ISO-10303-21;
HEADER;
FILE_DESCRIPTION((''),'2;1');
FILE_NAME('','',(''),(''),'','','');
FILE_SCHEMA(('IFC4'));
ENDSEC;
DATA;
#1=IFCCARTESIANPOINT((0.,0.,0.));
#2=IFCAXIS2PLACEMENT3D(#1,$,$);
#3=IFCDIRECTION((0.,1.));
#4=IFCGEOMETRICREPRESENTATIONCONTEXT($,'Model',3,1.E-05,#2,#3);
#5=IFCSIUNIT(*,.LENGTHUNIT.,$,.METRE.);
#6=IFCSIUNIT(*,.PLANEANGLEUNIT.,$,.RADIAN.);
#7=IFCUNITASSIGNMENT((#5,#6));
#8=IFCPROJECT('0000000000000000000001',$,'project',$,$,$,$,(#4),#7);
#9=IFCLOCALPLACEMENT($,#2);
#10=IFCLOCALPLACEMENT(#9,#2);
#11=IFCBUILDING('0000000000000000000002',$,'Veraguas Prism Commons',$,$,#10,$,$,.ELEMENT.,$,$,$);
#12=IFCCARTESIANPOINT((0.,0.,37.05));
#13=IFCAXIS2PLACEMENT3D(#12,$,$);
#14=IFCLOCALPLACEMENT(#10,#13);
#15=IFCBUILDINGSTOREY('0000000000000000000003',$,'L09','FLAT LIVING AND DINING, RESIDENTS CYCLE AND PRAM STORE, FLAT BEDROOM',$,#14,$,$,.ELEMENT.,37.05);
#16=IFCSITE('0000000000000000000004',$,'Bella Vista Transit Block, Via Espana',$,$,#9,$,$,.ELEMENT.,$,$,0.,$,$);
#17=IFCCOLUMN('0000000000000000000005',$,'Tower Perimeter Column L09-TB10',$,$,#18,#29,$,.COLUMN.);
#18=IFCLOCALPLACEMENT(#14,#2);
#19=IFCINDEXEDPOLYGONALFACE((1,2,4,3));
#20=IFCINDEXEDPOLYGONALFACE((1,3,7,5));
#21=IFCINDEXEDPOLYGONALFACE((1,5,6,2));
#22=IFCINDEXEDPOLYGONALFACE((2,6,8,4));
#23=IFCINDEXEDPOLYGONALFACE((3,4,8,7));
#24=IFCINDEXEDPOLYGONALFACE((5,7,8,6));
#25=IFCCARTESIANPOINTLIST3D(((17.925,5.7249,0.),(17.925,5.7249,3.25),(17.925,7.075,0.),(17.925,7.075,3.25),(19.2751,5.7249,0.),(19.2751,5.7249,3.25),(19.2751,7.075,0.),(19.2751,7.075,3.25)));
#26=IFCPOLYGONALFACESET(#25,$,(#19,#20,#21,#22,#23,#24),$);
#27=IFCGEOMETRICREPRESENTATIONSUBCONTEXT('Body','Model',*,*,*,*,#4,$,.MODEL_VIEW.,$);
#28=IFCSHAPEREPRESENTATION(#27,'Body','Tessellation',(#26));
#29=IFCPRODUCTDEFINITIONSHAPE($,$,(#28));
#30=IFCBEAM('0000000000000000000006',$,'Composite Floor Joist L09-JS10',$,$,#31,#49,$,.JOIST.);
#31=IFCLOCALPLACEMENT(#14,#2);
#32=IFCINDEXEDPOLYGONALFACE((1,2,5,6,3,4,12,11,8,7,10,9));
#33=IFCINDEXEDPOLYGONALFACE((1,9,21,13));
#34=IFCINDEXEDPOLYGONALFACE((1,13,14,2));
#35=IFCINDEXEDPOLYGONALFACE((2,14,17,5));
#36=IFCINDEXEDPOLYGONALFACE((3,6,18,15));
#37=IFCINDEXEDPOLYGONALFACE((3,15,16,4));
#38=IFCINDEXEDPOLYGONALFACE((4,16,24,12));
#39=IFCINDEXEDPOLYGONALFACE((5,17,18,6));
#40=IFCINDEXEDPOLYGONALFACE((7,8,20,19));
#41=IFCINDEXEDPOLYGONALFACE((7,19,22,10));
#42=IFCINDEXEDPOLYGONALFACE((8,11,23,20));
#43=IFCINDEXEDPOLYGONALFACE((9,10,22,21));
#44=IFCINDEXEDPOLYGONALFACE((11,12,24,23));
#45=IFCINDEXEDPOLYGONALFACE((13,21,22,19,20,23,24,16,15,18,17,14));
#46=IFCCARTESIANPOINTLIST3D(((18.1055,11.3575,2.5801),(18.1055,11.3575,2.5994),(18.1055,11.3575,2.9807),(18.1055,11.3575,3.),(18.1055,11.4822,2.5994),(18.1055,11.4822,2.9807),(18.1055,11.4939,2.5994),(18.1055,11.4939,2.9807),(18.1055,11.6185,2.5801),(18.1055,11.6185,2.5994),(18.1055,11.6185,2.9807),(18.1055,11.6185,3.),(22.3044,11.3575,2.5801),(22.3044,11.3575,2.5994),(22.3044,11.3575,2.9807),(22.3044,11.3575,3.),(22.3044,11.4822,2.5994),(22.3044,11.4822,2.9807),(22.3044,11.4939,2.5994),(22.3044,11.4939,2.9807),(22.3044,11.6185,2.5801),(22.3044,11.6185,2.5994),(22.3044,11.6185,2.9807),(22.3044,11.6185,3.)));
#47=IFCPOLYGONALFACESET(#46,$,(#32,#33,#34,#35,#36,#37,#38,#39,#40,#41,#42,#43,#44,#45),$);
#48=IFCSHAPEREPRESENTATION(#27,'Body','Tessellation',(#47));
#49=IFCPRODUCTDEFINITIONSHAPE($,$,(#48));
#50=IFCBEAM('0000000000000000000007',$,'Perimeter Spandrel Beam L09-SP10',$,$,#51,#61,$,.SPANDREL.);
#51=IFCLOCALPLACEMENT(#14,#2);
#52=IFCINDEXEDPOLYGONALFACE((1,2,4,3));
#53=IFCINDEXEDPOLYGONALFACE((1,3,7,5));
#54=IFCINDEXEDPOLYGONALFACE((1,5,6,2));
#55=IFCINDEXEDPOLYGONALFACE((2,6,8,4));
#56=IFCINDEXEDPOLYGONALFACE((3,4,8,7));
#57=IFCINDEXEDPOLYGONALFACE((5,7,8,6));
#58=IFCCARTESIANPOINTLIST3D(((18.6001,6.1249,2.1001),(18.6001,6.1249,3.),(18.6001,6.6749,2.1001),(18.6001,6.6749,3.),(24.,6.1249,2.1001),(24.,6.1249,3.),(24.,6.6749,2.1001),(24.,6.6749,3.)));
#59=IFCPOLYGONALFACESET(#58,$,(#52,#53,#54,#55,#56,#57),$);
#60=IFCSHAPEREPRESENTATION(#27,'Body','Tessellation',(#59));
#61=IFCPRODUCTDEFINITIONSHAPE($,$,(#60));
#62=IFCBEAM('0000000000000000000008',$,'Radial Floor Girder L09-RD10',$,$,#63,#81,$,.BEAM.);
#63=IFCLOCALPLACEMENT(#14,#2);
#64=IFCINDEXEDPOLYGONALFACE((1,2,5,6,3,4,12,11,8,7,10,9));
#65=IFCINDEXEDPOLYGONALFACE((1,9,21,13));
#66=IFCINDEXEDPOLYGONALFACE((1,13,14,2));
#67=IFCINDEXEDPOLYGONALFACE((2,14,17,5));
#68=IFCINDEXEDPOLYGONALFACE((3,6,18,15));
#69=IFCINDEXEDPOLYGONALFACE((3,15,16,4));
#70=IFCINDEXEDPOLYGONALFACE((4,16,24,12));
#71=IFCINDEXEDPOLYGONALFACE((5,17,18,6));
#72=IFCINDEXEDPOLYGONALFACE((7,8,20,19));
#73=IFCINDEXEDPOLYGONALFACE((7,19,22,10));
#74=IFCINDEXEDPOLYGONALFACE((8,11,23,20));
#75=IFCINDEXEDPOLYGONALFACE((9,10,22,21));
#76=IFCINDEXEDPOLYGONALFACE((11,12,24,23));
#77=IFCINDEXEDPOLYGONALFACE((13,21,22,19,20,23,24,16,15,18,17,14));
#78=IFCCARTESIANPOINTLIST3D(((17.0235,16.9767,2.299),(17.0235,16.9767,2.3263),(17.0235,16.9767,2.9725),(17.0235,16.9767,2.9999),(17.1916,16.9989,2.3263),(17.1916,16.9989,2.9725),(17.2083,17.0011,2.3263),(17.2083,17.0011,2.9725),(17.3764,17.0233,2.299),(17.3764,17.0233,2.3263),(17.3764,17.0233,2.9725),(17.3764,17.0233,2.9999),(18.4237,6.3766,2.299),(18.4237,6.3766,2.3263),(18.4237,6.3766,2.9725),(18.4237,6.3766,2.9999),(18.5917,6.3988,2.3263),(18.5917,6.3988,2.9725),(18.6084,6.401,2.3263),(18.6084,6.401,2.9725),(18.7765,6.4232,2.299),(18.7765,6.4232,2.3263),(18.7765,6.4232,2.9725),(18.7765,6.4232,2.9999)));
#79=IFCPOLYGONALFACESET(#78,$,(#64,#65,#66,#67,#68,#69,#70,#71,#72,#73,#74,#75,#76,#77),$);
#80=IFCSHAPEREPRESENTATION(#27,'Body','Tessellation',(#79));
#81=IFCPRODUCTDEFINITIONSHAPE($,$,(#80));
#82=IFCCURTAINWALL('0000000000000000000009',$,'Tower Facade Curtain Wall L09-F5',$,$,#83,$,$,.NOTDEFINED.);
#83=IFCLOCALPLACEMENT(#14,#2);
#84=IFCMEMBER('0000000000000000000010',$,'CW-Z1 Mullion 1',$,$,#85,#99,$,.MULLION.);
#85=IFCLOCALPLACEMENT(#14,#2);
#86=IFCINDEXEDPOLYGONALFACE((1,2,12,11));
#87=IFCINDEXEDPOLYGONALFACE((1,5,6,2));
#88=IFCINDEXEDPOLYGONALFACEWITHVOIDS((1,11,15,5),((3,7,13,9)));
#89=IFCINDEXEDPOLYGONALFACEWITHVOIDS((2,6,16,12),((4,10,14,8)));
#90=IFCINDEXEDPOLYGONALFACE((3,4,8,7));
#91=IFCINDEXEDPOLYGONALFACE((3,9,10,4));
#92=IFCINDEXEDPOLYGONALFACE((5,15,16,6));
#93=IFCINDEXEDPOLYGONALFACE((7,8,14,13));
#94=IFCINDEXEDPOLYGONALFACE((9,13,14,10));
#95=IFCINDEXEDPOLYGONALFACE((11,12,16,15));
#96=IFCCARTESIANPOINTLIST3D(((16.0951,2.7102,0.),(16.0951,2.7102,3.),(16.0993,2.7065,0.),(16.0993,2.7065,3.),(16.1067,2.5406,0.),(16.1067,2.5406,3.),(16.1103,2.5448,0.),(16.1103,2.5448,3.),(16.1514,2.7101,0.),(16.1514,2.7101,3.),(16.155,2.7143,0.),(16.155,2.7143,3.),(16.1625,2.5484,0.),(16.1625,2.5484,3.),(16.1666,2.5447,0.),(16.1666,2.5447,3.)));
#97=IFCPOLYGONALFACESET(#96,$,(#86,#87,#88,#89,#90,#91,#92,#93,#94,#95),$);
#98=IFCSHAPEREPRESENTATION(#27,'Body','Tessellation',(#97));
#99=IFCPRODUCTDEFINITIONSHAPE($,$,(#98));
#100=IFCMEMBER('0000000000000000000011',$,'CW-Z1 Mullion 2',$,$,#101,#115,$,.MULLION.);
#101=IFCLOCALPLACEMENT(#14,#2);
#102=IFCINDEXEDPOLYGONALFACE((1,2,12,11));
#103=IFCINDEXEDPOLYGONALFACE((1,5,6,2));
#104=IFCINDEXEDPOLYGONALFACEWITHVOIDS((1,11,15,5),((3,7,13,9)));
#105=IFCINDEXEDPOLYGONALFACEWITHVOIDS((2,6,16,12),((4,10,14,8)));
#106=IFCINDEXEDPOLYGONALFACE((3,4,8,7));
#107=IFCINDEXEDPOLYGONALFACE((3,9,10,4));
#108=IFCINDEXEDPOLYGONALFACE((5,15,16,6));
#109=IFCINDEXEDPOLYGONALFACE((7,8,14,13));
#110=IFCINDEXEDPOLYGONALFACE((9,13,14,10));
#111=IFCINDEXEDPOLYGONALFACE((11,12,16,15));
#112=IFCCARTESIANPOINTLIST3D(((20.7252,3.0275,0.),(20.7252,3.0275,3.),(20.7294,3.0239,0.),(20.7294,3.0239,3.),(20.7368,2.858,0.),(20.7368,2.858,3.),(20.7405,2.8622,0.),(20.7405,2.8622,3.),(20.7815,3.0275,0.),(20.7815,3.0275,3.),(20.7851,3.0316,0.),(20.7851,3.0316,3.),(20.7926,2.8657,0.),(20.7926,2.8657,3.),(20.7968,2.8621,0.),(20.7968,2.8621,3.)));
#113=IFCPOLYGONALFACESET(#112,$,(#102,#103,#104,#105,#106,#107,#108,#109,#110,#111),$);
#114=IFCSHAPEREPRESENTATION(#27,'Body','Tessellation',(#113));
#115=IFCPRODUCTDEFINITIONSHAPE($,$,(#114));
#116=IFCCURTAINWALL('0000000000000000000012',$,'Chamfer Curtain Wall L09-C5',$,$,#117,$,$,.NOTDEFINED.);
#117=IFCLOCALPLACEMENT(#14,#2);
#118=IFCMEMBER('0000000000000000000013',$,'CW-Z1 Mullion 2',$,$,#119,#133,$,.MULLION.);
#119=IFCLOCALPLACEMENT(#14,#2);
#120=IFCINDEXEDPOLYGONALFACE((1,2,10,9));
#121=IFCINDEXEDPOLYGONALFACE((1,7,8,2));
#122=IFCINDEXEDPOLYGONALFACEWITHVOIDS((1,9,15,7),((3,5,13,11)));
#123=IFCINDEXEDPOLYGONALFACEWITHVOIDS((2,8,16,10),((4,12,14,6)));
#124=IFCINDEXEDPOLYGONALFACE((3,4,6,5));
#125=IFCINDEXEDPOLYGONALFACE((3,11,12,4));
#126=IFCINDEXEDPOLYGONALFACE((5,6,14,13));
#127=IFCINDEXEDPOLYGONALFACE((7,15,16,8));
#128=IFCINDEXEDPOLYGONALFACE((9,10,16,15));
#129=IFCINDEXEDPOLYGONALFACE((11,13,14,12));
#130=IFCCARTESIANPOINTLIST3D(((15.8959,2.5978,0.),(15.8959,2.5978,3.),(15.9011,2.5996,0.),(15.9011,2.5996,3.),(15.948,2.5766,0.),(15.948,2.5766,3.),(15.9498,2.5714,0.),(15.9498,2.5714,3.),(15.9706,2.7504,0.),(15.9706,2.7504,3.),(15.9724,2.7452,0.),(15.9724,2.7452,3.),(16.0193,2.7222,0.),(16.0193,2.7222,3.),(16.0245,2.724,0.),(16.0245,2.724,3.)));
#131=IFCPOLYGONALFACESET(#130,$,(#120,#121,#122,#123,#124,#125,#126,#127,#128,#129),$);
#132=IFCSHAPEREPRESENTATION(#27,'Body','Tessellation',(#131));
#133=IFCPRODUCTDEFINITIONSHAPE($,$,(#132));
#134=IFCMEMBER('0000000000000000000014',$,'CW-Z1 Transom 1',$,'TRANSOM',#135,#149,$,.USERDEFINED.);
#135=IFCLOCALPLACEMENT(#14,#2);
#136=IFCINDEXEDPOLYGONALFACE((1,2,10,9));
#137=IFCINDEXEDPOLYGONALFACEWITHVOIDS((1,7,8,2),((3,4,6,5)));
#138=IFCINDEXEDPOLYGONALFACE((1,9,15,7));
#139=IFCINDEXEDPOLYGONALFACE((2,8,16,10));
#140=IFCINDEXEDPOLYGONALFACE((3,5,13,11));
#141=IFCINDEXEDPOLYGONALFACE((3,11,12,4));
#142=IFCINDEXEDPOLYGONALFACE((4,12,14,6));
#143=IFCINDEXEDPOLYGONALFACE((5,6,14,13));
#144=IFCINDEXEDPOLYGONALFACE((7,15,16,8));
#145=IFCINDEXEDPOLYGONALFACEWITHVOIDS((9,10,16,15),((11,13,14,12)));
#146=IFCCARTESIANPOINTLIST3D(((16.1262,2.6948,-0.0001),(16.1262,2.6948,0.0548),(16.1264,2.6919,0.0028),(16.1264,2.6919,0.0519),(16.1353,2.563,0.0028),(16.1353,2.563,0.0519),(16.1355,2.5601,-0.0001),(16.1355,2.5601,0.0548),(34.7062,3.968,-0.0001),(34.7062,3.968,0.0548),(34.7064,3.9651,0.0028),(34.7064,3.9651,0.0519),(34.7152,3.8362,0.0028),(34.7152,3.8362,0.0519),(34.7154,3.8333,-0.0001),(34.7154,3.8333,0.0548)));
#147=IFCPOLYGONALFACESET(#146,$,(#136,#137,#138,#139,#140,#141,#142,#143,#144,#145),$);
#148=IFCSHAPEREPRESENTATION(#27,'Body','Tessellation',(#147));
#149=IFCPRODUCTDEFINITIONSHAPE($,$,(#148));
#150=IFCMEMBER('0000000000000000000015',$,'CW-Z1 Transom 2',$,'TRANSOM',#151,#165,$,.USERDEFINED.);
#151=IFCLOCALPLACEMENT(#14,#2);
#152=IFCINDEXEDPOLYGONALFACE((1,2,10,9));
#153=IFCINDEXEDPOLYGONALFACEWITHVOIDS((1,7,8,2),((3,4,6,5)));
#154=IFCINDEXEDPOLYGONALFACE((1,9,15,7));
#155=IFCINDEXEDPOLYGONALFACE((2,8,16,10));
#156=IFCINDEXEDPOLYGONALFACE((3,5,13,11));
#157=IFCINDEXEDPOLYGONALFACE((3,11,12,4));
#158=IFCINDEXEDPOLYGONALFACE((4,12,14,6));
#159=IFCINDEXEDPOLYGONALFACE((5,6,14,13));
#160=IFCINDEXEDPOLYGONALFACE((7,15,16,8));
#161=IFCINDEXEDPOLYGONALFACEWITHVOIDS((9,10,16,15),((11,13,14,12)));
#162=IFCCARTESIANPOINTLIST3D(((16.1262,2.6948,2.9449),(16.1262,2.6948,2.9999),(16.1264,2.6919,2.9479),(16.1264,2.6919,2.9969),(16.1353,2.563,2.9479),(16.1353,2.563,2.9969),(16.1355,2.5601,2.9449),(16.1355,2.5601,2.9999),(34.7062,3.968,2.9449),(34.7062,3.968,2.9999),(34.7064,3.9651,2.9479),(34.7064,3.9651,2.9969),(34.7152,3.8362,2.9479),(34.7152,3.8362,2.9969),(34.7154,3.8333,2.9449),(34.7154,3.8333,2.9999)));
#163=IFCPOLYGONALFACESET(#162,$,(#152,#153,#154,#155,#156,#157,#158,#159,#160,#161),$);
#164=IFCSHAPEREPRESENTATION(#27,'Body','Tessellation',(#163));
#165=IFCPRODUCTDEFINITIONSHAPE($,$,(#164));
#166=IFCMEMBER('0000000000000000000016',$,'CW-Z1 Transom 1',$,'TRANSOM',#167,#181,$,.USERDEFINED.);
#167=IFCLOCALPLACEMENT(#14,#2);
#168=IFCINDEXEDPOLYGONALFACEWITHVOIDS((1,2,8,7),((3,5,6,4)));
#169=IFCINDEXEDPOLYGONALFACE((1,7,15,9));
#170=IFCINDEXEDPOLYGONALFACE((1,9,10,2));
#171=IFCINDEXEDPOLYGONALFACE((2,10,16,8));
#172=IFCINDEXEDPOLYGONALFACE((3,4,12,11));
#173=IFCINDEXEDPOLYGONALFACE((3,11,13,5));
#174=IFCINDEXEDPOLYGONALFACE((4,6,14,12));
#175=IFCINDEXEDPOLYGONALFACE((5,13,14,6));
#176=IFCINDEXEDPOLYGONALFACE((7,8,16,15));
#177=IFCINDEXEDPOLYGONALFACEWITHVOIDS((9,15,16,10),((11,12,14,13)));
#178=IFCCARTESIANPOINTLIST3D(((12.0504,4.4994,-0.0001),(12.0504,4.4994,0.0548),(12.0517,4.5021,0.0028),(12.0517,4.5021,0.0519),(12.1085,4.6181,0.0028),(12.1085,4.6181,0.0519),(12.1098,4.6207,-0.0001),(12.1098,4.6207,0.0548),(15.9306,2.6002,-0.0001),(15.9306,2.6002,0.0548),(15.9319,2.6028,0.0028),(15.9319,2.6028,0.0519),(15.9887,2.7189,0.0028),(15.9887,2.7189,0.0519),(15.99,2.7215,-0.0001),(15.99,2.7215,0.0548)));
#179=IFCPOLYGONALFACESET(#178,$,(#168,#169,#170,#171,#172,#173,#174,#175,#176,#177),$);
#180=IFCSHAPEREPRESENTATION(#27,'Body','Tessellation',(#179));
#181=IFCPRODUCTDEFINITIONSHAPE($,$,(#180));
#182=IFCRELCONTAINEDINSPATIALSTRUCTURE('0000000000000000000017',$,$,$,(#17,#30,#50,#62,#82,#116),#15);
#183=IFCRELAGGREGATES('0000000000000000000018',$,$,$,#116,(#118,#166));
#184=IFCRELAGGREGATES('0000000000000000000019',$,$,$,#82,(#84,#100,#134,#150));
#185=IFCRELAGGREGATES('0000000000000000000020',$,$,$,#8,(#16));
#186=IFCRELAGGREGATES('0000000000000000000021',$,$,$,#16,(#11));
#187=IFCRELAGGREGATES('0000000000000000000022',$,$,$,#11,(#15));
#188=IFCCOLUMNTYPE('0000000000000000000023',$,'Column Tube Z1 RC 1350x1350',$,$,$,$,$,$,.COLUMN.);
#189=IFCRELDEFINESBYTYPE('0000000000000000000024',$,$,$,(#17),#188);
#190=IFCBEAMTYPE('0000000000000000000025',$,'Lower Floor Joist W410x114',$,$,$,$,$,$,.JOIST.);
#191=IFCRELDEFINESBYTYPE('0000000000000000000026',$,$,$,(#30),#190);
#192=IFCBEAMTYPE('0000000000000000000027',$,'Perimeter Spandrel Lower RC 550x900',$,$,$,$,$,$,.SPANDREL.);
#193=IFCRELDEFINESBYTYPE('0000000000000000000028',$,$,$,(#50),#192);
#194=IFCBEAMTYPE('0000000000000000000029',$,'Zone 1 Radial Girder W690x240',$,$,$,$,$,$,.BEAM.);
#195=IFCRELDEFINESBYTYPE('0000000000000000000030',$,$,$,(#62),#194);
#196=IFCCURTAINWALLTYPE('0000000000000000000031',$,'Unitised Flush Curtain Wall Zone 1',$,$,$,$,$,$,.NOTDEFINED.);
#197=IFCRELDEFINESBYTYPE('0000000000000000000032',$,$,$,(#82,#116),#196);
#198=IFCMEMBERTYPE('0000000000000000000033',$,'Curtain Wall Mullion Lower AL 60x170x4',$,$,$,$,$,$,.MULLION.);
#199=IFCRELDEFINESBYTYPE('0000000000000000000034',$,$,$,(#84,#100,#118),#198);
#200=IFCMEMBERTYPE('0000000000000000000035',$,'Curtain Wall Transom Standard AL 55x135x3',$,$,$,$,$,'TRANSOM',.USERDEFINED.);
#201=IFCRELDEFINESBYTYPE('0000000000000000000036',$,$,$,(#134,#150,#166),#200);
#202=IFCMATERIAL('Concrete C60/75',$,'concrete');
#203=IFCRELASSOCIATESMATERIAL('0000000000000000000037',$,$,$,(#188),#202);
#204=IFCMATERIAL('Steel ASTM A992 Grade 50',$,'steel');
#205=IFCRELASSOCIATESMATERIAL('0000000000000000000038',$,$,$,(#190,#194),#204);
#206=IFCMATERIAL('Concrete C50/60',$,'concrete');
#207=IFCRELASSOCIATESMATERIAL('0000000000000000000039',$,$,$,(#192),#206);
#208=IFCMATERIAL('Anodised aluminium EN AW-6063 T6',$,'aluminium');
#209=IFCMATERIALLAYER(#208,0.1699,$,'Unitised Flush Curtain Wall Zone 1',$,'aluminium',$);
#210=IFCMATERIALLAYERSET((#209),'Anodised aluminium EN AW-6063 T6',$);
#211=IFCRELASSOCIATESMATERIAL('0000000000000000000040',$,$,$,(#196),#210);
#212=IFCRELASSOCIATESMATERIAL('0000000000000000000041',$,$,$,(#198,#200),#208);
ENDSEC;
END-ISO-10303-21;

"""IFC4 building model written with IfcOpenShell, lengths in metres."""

from ifc_helpers import new_model, si_unit, direction, frame, origin, origin_2d, place, context, subcontext, project, spatial, rectangle, hollow_rectangle, i_section, extrude, source, transform, mapped, material, layer, layer_set, material_profile, profile_set, type_object, element, aggregate, save


model = new_model("IFC4")

# Units and contexts
model_context = context("Model", 3, precision=1e-05, world=origin(), true_north=direction((0.0, 1.0)))
body_context = subcontext(model_context, "Body", "Model", "MODEL_VIEW")
ifc_project = project(units=[si_unit("LENGTHUNIT", "METRE"), si_unit("PLANEANGLEUNIT", "RADIAN")], contexts=[model_context])

# Site, building, storey
site_placement = place(None, origin())
site = spatial("IfcSite", under=ifc_project, at=site_placement, Name="Bella Vista Transit Block, Via Espana", CompositionType="ELEMENT", RefElevation=0.0)
building_placement = place(site_placement, origin())
building = spatial("IfcBuilding", under=site, at=building_placement, Name="Veraguas Prism Commons", CompositionType="ELEMENT")
storey_placement = place(building_placement, frame((0.0, 0.0, 37.05)))
storey = spatial("IfcBuildingStorey", under=building, at=storey_placement, Name="L09", Description="FLAT LIVING AND DINING, RESIDENTS CYCLE AND PRAM STORE, FLAT BEDROOM", CompositionType="ELEMENT", Elevation=37.05)

# Column
ifc_material_1 = material(Name="Concrete C60/75", Category="concrete")
ifc_material_profile_1 = material_profile(ifc_material_1, rectangle(XDim=1.3501, YDim=1.3501, at=origin_2d()), Name="RC1350X1350")
ifc_profile_set_1 = profile_set([ifc_material_profile_1], Name="Concrete C60/75")
column_type = type_object("IfcColumnType", Name="Column Tube Z1 RC 1350x1350", PredefinedType="COLUMN", material=ifc_profile_set_1)
column_placement = place(storey_placement, frame((18.6001, 6.3999, 0.0), z_axis=(0.0, 0.0, 1.0), x_axis=(1.0, 0.0, 0.0)))
element("IfcColumn", 1, at=column_placement, inside=storey, type_object=column_type, Name="Tower Perimeter Column L09-TB10", PredefinedType="COLUMN", context=body_context, shape_type="SweptSolid", body=[
    extrude(rectangle(XDim=1.3501, YDim=1.3501, at=origin_2d()), origin(), (0.0, 0.0, 1.0), 3.25),
])

# Beams
ifc_material_2 = material(Name="Steel ASTM A992 Grade 50", Category="steel")
ifc_material_profile_2 = material_profile(ifc_material_2, i_section(OverallWidth=0.261, OverallDepth=0.4199, WebThickness=0.0117, FlangeThickness=0.0193, at=origin_2d()), Name="W410X114")
ifc_profile_set_2 = profile_set([ifc_material_profile_2], Name="Steel ASTM A992 Grade 50")
beam_type_1 = type_object("IfcBeamType", Name="Lower Floor Joist W410x114", PredefinedType="JOIST", material=ifc_profile_set_2)
beam_1_placement = place(storey_placement, frame((18.1055, 11.488, 2.79), z_axis=(1.0, 0.0, 0.0), x_axis=(0.0, 1.0, 0.0)))
element("IfcBeam", 2, at=beam_1_placement, inside=storey, type_object=beam_type_1, Name="Composite Floor Joist L09-JS10", PredefinedType="JOIST", context=body_context, shape_type="SweptSolid", body=[
    extrude(i_section(OverallWidth=0.261, OverallDepth=0.4199, WebThickness=0.0117, FlangeThickness=0.0193, at=origin_2d()), origin(), (0.0, 0.0, 1.0), 4.199),
])
ifc_material_3 = material(Name="Concrete C50/60", Category="concrete")
ifc_material_profile_3 = material_profile(ifc_material_3, rectangle(XDim=0.55, YDim=0.8999, at=origin_2d()), Name="RC550X900")
ifc_profile_set_3 = profile_set([ifc_material_profile_3], Name="Concrete C50/60")
beam_type_2 = type_object("IfcBeamType", Name="Perimeter Spandrel Lower RC 550x900", PredefinedType="SPANDREL", material=ifc_profile_set_3)
beam_2_placement = place(storey_placement, frame((18.6001, 6.3999, 2.55), z_axis=(1.0, 0.0, 0.0), x_axis=(0.0, 1.0, 0.0)))
element("IfcBeam", 3, at=beam_2_placement, inside=storey, type_object=beam_type_2, Name="Perimeter Spandrel Beam L09-SP10", PredefinedType="SPANDREL", context=body_context, shape_type="SweptSolid", body=[
    extrude(rectangle(XDim=0.55, YDim=0.8999, at=origin_2d()), origin(), (0.0, 0.0, 1.0), 5.3999),
])
ifc_material_profile_4 = material_profile(ifc_material_2, i_section(OverallWidth=0.356, OverallDepth=0.7009, WebThickness=0.0168, FlangeThickness=0.0273, at=origin_2d()), Name="W690X240")
ifc_profile_set_4 = profile_set([ifc_material_profile_4], Name="Steel ASTM A992 Grade 50")
beam_type_3 = type_object("IfcBeamType", Name="Zone 1 Radial Girder W690x240", PredefinedType="BEAM", material=ifc_profile_set_4)
beam_3_placement = place(storey_placement, frame((18.6001, 6.3999, 2.6494), z_axis=(-0.130951, 0.991389, 0.0), x_axis=(-0.991389, -0.130951, 0.0)))
element("IfcBeam", 4, at=beam_3_placement, inside=storey, type_object=beam_type_3, Name="Radial Floor Girder L09-RD10", PredefinedType="BEAM", context=body_context, shape_type="SweptSolid", body=[
    extrude(i_section(OverallWidth=0.356, OverallDepth=0.7009, WebThickness=0.0168, FlangeThickness=0.0273, at=origin_2d()), origin(), (0.0, 0.0, 1.0), 10.6921),
])

# Curtain wall, members
ifc_material_4 = material(Name="Anodised aluminium EN AW-6063 T6", Category="aluminium")
ifc_layer_1 = layer(ifc_material_4, 0.1699, Name="Unitised Flush Curtain Wall Zone 1", Category="aluminium")
ifc_layer_set_1 = layer_set([ifc_layer_1], Name="Anodised aluminium EN AW-6063 T6")
curtain_wall_type = type_object("IfcCurtainWallType", Name="Unitised Flush Curtain Wall Zone 1", PredefinedType="NOTDEFINED", material=ifc_layer_set_1)
curtain_wall_1_placement = place(storey_placement, origin())
curtain_wall_1 = element("IfcCurtainWall", 5, at=curtain_wall_1_placement, inside=storey, type_object=curtain_wall_type, Name="Tower Facade Curtain Wall L09-F5", PredefinedType="NOTDEFINED")
ifc_material_profile_5 = material_profile(ifc_material_4, hollow_rectangle(XDim=0.0601, YDim=0.1699, WallThickness=0.0039, at=origin_2d()), Name="AL60X170X4")
ifc_profile_set_5 = profile_set([ifc_material_profile_5], Name="Anodised aluminium EN AW-6063 T6")
member_type_1 = type_object("IfcMemberType", Name="Curtain Wall Mullion Lower AL 60x170x4", PredefinedType="MULLION", material=ifc_profile_set_5)
shared_shape_1 = source(origin(), body_context, "Body", "SweptSolid", [
    extrude(hollow_rectangle(XDim=0.0601, YDim=0.1699, WallThickness=0.0039, at=origin_2d()), origin(), (0.0, 0.0, 1.0), 3.0),
])
member_1_placement = place(storey_placement, frame((16.1309, 2.6274, 0.0), z_axis=(0.0, 0.0, 1.0), x_axis=(0.99766, 0.068364, 0.0)))
member_1 = element("IfcMember", 6, at=member_1_placement, type_object=member_type_1, Name="CW-Z1 Mullion 1", PredefinedType="MULLION", context=body_context, shape_type="MappedRepresentation", body=[
    mapped(shared_shape_1, transform((0.0, 0.0, 0.0), scale=1.0)),
])
member_2_placement = place(storey_placement, frame((20.761, 2.9448, 0.0), z_axis=(0.0, 0.0, 1.0), x_axis=(0.99766, 0.068364, 0.0)))
member_2 = element("IfcMember", 7, at=member_2_placement, type_object=member_type_1, Name="CW-Z1 Mullion 2", PredefinedType="MULLION", context=body_context, shape_type="MappedRepresentation", body=[
    mapped(shared_shape_1, transform((0.0, 0.0, 0.0), scale=1.0)),
])

# Curtain wall, member
curtain_wall_2_placement = place(storey_placement, origin())
curtain_wall_2 = element("IfcCurtainWall", 8, at=curtain_wall_2_placement, inside=storey, type_object=curtain_wall_type, Name="Chamfer Curtain Wall L09-C5", PredefinedType="NOTDEFINED")
member_3_placement = place(storey_placement, frame((15.9602, 2.6609, 0.0), z_axis=(0.0, 0.0, 1.0), x_axis=(0.898185, -0.439618, 0.0)))
member_3 = element("IfcMember", 9, at=member_3_placement, type_object=member_type_1, Name="CW-Z1 Mullion 2", PredefinedType="MULLION", context=body_context, shape_type="MappedRepresentation", body=[
    mapped(shared_shape_1, transform((0.0, 0.0, 0.0), scale=1.0)),
])

# Members
ifc_material_profile_6 = material_profile(ifc_material_4, hollow_rectangle(XDim=0.0549, YDim=0.135, WallThickness=0.0029, at=origin_2d()), Name="AL55X135X3")
ifc_profile_set_6 = profile_set([ifc_material_profile_6], Name="Anodised aluminium EN AW-6063 T6")
member_type_2 = type_object("IfcMemberType", Name="Curtain Wall Transom Standard AL 55x135x3", ElementType="TRANSOM", PredefinedType="USERDEFINED", material=ifc_profile_set_6)
shared_shape_2 = source(origin(), body_context, "Body", "SweptSolid", [
    extrude(hollow_rectangle(XDim=0.0549, YDim=0.135, WallThickness=0.0029, at=origin_2d()), origin(), (0.0, 0.0, 1.0), 18.6235),
])
member_4_placement = place(storey_placement, frame((16.1309, 2.6274, 0.0273), z_axis=(0.99766, 0.068364, 0.0), x_axis=(0.0, 0.0, 1.0)))
member_4 = element("IfcMember", 10, at=member_4_placement, type_object=member_type_2, Name="CW-Z1 Transom 1", ObjectType="TRANSOM", PredefinedType="USERDEFINED", context=body_context, shape_type="MappedRepresentation", body=[
    mapped(shared_shape_2, transform((0.0, 0.0, 0.0), scale=1.0)),
])
member_5_placement = place(storey_placement, frame((16.1309, 2.6274, 2.9724), z_axis=(0.99766, 0.068364, 0.0), x_axis=(0.0, 0.0, 1.0)))
member_5 = element("IfcMember", 11, at=member_5_placement, type_object=member_type_2, Name="CW-Z1 Transom 2", ObjectType="TRANSOM", PredefinedType="USERDEFINED", context=body_context, shape_type="MappedRepresentation", body=[
    mapped(shared_shape_2, transform((0.0, 0.0, 0.0), scale=1.0)),
])
shared_shape_3 = source(origin(), body_context, "Body", "SweptSolid", [
    extrude(hollow_rectangle(XDim=0.0549, YDim=0.135, WallThickness=0.0029, at=origin_2d()), origin(), (0.0, 0.0, 1.0), 4.3201),
])
member_6_placement = place(storey_placement, frame((12.0801, 4.5601, 0.0273), z_axis=(0.898182, -0.439625, 0.0), x_axis=(0.0, 0.0, 1.0)))
member_6 = element("IfcMember", 12, at=member_6_placement, type_object=member_type_2, Name="CW-Z1 Transom 1", ObjectType="TRANSOM", PredefinedType="USERDEFINED", context=body_context, shape_type="MappedRepresentation", body=[
    mapped(shared_shape_3, transform((0.0, 0.0, 0.0), scale=1.0)),
])

aggregate(curtain_wall_2, [member_3, member_6])
aggregate(curtain_wall_1, [member_1, member_2, member_4, member_5])

save(model, "model.ifc")
